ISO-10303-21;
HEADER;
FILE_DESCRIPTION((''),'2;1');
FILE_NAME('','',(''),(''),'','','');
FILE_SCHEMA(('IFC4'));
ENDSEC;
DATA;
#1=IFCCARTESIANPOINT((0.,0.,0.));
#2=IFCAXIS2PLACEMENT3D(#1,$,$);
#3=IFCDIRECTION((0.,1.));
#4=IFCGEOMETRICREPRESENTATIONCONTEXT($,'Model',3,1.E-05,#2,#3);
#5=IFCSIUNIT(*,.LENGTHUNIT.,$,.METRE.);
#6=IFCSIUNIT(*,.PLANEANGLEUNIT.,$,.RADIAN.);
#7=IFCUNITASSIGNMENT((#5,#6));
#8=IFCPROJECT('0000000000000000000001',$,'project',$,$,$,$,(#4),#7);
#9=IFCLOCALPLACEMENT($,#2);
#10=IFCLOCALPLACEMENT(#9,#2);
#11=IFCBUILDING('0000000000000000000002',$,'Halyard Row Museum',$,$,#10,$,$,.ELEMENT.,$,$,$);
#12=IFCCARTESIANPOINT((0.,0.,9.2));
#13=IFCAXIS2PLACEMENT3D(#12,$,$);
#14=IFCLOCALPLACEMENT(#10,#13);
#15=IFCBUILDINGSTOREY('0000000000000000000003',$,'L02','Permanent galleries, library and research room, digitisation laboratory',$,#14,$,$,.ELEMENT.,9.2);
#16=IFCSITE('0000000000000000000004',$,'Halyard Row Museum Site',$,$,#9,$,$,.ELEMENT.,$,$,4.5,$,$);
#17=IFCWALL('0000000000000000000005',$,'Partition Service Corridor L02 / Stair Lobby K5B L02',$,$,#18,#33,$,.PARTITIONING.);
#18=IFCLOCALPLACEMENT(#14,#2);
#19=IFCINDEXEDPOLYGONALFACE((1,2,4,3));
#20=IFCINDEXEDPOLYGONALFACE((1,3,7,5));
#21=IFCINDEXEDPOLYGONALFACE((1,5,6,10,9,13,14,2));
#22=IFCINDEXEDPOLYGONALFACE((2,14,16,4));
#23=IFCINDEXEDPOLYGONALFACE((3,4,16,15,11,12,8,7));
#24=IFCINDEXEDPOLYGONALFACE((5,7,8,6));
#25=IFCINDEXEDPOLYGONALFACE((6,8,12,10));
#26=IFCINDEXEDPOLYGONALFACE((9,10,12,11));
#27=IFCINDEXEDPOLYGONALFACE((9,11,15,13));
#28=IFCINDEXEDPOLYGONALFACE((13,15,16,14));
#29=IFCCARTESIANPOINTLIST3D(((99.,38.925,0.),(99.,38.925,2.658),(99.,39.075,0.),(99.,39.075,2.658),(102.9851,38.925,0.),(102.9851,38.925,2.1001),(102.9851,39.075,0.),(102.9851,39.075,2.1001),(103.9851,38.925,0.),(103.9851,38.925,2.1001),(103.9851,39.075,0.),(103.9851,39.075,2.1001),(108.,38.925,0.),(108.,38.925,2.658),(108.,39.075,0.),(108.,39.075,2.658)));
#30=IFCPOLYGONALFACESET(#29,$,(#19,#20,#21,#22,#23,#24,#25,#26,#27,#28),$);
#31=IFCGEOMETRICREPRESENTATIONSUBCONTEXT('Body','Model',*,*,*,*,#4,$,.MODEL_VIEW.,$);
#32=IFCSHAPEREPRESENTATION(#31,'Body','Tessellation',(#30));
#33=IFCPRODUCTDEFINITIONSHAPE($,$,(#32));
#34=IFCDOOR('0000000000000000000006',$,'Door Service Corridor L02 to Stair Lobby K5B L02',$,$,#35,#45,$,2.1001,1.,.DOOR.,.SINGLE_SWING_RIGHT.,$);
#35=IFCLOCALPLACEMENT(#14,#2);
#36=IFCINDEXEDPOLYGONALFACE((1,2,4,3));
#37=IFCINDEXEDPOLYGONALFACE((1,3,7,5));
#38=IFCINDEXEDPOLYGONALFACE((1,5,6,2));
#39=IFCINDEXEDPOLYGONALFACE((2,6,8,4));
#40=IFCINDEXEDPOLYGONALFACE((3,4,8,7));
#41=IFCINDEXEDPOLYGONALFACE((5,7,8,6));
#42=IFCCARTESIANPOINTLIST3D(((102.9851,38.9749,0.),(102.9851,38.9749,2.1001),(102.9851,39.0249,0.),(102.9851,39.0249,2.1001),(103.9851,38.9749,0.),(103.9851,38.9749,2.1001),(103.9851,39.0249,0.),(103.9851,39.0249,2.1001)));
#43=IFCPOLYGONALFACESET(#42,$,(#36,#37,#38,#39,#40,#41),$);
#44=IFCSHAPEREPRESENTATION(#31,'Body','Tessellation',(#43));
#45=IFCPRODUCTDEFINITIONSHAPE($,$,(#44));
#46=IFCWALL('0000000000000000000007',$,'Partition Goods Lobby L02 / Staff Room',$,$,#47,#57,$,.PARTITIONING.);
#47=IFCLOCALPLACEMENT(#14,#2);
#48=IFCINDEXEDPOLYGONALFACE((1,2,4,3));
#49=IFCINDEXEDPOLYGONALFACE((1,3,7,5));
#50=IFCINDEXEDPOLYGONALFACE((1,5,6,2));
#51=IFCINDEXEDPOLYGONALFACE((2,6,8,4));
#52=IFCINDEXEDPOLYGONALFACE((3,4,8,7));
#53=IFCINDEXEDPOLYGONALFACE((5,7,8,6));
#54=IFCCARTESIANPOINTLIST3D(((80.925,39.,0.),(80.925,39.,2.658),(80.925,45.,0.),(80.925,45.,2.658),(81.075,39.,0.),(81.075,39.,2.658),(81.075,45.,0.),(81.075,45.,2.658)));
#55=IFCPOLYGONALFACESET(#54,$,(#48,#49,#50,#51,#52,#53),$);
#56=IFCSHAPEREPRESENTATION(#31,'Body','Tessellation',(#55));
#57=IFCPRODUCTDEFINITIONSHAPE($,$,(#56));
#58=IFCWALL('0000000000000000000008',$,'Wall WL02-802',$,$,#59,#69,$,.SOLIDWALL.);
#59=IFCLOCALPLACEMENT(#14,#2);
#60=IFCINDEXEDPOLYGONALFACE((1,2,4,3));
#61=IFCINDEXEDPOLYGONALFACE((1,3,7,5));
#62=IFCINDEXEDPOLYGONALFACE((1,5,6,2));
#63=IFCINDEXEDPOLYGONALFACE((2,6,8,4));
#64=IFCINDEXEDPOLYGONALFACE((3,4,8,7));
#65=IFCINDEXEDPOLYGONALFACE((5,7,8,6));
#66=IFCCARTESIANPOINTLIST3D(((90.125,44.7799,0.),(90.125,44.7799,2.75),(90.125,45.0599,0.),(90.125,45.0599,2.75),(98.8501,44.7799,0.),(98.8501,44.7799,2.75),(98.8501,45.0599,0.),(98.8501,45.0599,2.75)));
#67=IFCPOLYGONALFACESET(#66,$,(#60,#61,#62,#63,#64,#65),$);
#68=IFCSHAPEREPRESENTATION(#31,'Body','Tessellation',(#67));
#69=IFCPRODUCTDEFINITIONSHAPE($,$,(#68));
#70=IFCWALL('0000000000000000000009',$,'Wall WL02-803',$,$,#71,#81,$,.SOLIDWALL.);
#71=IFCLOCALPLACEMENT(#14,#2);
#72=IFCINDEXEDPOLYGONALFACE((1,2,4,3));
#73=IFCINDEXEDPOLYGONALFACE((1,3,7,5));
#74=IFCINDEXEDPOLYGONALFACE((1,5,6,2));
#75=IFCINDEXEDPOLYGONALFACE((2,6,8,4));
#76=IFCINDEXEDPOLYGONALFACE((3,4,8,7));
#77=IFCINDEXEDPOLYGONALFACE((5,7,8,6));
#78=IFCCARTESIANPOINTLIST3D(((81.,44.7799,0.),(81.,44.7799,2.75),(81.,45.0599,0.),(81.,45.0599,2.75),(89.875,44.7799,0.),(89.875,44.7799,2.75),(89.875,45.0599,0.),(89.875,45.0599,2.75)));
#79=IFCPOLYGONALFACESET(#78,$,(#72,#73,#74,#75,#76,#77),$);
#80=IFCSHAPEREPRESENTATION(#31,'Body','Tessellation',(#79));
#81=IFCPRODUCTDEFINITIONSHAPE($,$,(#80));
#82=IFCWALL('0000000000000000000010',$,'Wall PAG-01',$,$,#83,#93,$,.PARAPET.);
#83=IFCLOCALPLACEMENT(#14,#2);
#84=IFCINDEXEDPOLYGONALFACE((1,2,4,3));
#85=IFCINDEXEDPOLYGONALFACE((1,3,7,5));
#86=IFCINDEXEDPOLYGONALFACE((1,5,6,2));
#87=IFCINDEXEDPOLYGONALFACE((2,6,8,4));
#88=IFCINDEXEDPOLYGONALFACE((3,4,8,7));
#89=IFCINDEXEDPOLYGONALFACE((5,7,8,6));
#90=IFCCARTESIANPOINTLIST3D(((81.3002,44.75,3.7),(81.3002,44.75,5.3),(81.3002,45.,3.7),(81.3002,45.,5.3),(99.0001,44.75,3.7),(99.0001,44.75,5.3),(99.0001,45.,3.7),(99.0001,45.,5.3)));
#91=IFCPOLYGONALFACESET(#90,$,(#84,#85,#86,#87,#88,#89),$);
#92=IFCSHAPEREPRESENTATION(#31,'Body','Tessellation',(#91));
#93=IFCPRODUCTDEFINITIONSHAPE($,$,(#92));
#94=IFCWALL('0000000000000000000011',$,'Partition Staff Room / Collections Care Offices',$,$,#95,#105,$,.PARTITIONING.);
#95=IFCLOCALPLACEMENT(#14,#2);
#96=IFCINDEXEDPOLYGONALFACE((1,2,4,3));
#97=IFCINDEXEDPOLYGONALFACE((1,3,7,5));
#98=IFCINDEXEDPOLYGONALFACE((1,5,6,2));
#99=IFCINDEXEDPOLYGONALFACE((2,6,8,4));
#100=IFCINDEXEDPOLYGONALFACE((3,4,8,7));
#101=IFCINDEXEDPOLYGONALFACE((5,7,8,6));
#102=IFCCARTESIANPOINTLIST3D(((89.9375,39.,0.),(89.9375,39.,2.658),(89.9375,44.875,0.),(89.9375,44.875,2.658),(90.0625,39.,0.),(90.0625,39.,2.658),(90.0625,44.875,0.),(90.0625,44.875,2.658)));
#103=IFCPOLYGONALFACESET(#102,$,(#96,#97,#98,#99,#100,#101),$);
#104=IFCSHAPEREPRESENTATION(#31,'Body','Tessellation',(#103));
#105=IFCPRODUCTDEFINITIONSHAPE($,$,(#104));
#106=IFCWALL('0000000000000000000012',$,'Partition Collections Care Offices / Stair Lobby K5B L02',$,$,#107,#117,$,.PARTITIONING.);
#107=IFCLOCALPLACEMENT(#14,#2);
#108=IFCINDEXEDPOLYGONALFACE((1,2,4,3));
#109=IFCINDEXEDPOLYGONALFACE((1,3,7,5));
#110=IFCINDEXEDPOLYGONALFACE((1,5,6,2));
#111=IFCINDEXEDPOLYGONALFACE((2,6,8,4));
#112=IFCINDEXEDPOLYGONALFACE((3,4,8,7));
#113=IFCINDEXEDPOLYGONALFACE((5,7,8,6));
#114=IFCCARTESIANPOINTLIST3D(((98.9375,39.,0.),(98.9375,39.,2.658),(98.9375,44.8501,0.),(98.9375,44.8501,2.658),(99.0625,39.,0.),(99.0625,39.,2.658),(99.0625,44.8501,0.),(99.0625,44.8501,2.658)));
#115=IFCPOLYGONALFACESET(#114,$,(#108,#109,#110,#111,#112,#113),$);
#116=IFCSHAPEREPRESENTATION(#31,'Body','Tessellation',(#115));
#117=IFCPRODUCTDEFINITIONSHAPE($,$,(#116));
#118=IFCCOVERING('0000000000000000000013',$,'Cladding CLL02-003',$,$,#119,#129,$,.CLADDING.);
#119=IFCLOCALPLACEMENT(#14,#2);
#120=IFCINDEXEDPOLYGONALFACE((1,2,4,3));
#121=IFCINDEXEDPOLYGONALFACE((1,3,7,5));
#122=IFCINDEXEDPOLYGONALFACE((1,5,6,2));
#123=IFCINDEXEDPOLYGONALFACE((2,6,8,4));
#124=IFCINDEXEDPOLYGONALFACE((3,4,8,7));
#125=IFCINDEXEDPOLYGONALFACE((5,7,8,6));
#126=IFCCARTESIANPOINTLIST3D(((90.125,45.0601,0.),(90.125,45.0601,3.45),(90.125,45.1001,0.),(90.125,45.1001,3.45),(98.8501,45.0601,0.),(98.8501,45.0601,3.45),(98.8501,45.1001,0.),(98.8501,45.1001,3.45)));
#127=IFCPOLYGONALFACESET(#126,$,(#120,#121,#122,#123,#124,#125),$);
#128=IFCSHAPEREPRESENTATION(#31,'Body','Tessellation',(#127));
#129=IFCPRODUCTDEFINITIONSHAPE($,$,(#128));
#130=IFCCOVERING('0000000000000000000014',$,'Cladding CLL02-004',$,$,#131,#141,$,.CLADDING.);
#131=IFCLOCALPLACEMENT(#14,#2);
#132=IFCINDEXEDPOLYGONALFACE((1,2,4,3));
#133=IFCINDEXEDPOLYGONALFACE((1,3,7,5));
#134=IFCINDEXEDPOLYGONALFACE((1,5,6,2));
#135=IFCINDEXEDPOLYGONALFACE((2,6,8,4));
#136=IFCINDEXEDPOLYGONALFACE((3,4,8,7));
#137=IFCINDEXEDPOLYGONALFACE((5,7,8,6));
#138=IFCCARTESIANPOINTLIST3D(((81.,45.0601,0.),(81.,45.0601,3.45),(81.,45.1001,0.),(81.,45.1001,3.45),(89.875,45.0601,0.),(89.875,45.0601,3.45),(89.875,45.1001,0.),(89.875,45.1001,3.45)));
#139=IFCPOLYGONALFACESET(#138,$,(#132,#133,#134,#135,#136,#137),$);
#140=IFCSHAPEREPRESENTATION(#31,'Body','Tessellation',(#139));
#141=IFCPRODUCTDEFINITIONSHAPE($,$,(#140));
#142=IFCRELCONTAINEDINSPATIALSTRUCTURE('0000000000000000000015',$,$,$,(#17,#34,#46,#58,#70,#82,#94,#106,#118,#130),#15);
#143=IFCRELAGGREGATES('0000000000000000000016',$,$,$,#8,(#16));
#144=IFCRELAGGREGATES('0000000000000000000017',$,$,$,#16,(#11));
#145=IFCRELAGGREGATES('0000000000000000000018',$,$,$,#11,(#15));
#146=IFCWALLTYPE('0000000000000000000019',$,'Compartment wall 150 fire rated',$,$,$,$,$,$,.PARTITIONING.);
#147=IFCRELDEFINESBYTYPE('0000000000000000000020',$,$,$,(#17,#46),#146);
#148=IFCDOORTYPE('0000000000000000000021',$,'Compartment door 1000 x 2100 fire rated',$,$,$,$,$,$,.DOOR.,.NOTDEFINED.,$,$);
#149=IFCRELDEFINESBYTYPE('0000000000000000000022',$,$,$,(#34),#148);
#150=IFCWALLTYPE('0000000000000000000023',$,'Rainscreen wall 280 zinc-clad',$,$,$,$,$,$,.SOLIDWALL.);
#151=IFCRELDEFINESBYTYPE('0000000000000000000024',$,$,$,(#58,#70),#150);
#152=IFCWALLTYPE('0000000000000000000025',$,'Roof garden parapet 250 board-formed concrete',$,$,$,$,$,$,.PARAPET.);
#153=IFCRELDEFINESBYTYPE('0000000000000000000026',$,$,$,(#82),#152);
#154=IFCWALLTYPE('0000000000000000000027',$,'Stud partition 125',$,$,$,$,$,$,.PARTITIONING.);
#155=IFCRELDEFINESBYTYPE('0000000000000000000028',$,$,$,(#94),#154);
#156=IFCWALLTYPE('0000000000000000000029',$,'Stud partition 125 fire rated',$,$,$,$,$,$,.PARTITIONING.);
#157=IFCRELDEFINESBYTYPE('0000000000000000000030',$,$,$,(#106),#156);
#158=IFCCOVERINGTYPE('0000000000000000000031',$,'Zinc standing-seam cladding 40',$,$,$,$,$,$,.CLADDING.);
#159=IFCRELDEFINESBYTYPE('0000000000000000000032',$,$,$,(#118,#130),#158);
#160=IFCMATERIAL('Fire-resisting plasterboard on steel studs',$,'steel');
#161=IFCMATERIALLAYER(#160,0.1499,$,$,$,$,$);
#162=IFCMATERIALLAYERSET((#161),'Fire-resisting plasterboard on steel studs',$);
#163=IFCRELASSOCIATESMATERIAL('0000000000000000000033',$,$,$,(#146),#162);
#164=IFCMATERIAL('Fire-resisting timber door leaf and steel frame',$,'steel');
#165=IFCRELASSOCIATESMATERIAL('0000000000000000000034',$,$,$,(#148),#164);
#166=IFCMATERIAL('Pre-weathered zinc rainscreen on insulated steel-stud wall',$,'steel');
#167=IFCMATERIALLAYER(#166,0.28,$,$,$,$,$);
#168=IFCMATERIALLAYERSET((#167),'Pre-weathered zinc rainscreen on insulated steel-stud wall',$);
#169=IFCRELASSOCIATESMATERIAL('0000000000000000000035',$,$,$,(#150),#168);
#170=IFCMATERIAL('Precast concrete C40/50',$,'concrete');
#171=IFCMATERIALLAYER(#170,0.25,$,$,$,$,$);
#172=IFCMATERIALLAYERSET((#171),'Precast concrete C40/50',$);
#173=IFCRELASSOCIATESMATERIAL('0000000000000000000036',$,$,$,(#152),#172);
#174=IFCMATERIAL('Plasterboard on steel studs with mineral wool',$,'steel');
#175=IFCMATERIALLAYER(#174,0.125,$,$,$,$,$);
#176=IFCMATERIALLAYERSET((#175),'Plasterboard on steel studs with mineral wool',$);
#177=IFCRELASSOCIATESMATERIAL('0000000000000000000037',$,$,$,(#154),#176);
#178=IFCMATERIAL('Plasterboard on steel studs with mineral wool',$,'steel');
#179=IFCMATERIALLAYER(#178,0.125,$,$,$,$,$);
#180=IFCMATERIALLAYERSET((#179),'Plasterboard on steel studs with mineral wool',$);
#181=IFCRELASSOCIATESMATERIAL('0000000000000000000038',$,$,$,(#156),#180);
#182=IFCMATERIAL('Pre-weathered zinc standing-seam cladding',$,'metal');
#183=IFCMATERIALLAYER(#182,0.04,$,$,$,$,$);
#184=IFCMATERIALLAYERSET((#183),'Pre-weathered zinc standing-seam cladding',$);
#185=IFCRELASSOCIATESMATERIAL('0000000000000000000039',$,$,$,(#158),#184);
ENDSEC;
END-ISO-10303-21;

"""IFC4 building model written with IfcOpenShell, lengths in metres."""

from ifc_helpers import new_model, si_unit, direction, frame, frame_2d, origin, place, context, subcontext, project, spatial, rectangle, extrude, material, layer, layer_set, type_object, element, fill, save


model = new_model("IFC4")

# Units and contexts
model_context = context("Model", 3, precision=1e-05, world=origin(), true_north=direction((0.0, 1.0)))
body_context = subcontext(model_context, "Body", "Model", "MODEL_VIEW")
ifc_project = project(units=[si_unit("LENGTHUNIT", "METRE"), si_unit("PLANEANGLEUNIT", "RADIAN")], contexts=[model_context])

# Site, building, storey
site_placement = place(None, origin())
site = spatial("IfcSite", under=ifc_project, at=site_placement, Name="Halyard Row Museum Site", CompositionType="ELEMENT", RefElevation=4.5)
building_placement = place(site_placement, origin())
building = spatial("IfcBuilding", under=site, at=building_placement, Name="Halyard Row Museum", CompositionType="ELEMENT")
storey_placement = place(building_placement, frame((0.0, 0.0, 9.2)))
storey = spatial("IfcBuildingStorey", under=building, at=storey_placement, Name="L02", Description="Permanent galleries, library and research room, digitisation laboratory", CompositionType="ELEMENT", Elevation=9.2)

# Wall, opening, door
ifc_material_1 = material(Name="Fire-resisting plasterboard on steel studs", Category="steel")
ifc_layer_1 = layer(ifc_material_1, 0.1499)
ifc_layer_set_1 = layer_set([ifc_layer_1], Name="Fire-resisting plasterboard on steel studs")
wall_type_1 = type_object("IfcWallType", Name="Compartment wall 150 fire rated", PredefinedType="PARTITIONING", material=ifc_layer_set_1)
ifc_material_2 = material(Name="Fire-resisting timber door leaf and steel frame", Category="steel")
door_type = type_object("IfcDoorType", Name="Compartment door 1000 x 2100 fire rated", OperationType="NOTDEFINED", PredefinedType="DOOR", material=ifc_material_2)
wall_1_placement = place(storey_placement, frame((99.0, 39.0, 0.0), z_axis=(0.0, 0.0, 1.0), x_axis=(1.0, 0.0, 0.0)))
wall_1 = element("IfcWall", 1, at=wall_1_placement, inside=storey, type_object=wall_type_1, Name="Partition Service Corridor L02 / Stair Lobby K5B L02", PredefinedType="PARTITIONING", context=body_context, shape_type="SweptSolid", body=[
    extrude(rectangle(XDim=9.0, YDim=0.1499, at=frame_2d((4.5, 0.0))), origin(), (0.0, 0.0, 1.0), 2.658),
])
opening_1_placement = place(wall_1_placement, frame((3.9851, 0.0, 0.0)))
opening_1 = element("IfcOpeningElement", 2, at=opening_1_placement, cuts=wall_1, PredefinedType="OPENING", context=body_context, shape_type="SweptSolid", body=[
    extrude(rectangle(XDim=1.0, YDim=2.1001, at=frame_2d((0.5, 1.05))), frame((0.0, 0.085, 0.0), z_axis=(0.0, -1.0, 0.0), x_axis=(1.0, 0.0, 0.0)), (0.0, 0.0, 1.0), 0.1699),
])
door_1_placement = place(opening_1_placement, origin())
door_1 = element("IfcDoor", 3, at=door_1_placement, inside=storey, type_object=door_type, Name="Door Service Corridor L02 to Stair Lobby K5B L02", OperationType="SINGLE_SWING_RIGHT", OverallHeight=2.1001, OverallWidth=1.0, PredefinedType="DOOR", context=body_context, shape_type="SweptSolid", body=[
    extrude(rectangle(XDim=1.0, YDim=2.1001, at=frame_2d((0.5, 1.05))), frame((0.0, 0.0249, 0.0), z_axis=(0.0, -1.0, 0.0), x_axis=(1.0, 0.0, 0.0)), (0.0, 0.0, 1.0), 0.05),
])
fill(opening_1, door_1)

# Walls
wall_2_placement = place(storey_placement, frame((81.0, 39.0, 0.0), z_axis=(0.0, 0.0, 1.0), x_axis=(0.0, 1.0, 0.0)))
element("IfcWall", 4, at=wall_2_placement, inside=storey, type_object=wall_type_1, Name="Partition Goods Lobby L02 / Staff Room", PredefinedType="PARTITIONING", context=body_context, shape_type="SweptSolid", body=[
    extrude(rectangle(XDim=6.0, YDim=0.1499, at=frame_2d((3.0, 0.0))), origin(), (0.0, 0.0, 1.0), 2.658),
])
ifc_material_3 = material(Name="Pre-weathered zinc rainscreen on insulated steel-stud wall", Category="steel")
ifc_layer_2 = layer(ifc_material_3, 0.28)
ifc_layer_set_2 = layer_set([ifc_layer_2], Name="Pre-weathered zinc rainscreen on insulated steel-stud wall")
wall_type_2 = type_object("IfcWallType", Name="Rainscreen wall 280 zinc-clad", PredefinedType="SOLIDWALL", material=ifc_layer_set_2)
wall_3_placement = place(storey_placement, frame((90.125, 44.9199, 0.0), z_axis=(0.0, 0.0, 1.0), x_axis=(1.0, 0.0, 0.0)))
element("IfcWall", 5, at=wall_3_placement, inside=storey, type_object=wall_type_2, Name="Wall WL02-802", PredefinedType="SOLIDWALL", context=body_context, shape_type="SweptSolid", body=[
    extrude(rectangle(XDim=8.7251, YDim=0.28, at=frame_2d((4.3625, 0.0))), origin(), (0.0, 0.0, 1.0), 2.75),
])
wall_4_placement = place(storey_placement, frame((81.0, 44.9199, 0.0), z_axis=(0.0, 0.0, 1.0), x_axis=(1.0, 0.0, 0.0)))
element("IfcWall", 6, at=wall_4_placement, inside=storey, type_object=wall_type_2, Name="Wall WL02-803", PredefinedType="SOLIDWALL", context=body_context, shape_type="SweptSolid", body=[
    extrude(rectangle(XDim=8.875, YDim=0.28, at=frame_2d((4.4375, 0.0))), origin(), (0.0, 0.0, 1.0), 2.75),
])
ifc_material_4 = material(Name="Precast concrete C40/50", Category="concrete")
ifc_layer_3 = layer(ifc_material_4, 0.25)
ifc_layer_set_3 = layer_set([ifc_layer_3], Name="Precast concrete C40/50")
wall_type_3 = type_object("IfcWallType", Name="Roof garden parapet 250 board-formed concrete", PredefinedType="PARAPET", material=ifc_layer_set_3)
wall_5_placement = place(storey_placement, frame((81.3, 44.875, 3.7), z_axis=(0.0, 0.0, 1.0), x_axis=(1.0, 0.0, 0.0)))
element("IfcWall", 7, at=wall_5_placement, inside=storey, type_object=wall_type_3, Name="Wall PAG-01", PredefinedType="PARAPET", context=body_context, shape_type="SweptSolid", body=[
    extrude(rectangle(XDim=17.7, YDim=0.25, at=frame_2d((8.8501, 0.0))), origin(), (0.0, 0.0, 1.0), 1.6001),
])
ifc_material_5 = material(Name="Plasterboard on steel studs with mineral wool", Category="steel")
ifc_layer_4 = layer(ifc_material_5, 0.125)
ifc_layer_set_4 = layer_set([ifc_layer_4], Name="Plasterboard on steel studs with mineral wool")
wall_type_4 = type_object("IfcWallType", Name="Stud partition 125", PredefinedType="PARTITIONING", material=ifc_layer_set_4)
wall_6_placement = place(storey_placement, frame((90.0, 39.0, 0.0), z_axis=(0.0, 0.0, 1.0), x_axis=(0.0, 1.0, 0.0)))
element("IfcWall", 8, at=wall_6_placement, inside=storey, type_object=wall_type_4, Name="Partition Staff Room / Collections Care Offices", PredefinedType="PARTITIONING", context=body_context, shape_type="SweptSolid", body=[
    extrude(rectangle(XDim=5.875, YDim=0.125, at=frame_2d((2.9375, 0.0))), origin(), (0.0, 0.0, 1.0), 2.658),
])
ifc_material_6 = material(Name="Plasterboard on steel studs with mineral wool", Category="steel")
ifc_layer_5 = layer(ifc_material_6, 0.125)
ifc_layer_set_5 = layer_set([ifc_layer_5], Name="Plasterboard on steel studs with mineral wool")
wall_type_5 = type_object("IfcWallType", Name="Stud partition 125 fire rated", PredefinedType="PARTITIONING", material=ifc_layer_set_5)
wall_7_placement = place(storey_placement, frame((99.0, 39.0, 0.0), z_axis=(0.0, 0.0, 1.0), x_axis=(0.0, 1.0, 0.0)))
element("IfcWall", 9, at=wall_7_placement, inside=storey, type_object=wall_type_5, Name="Partition Collections Care Offices / Stair Lobby K5B L02", PredefinedType="PARTITIONING", context=body_context, shape_type="SweptSolid", body=[
    extrude(rectangle(XDim=5.8501, YDim=0.125, at=frame_2d((2.925, 0.0))), origin(), (0.0, 0.0, 1.0), 2.658),
])

# Coverings
ifc_material_7 = material(Name="Pre-weathered zinc standing-seam cladding", Category="metal")
ifc_layer_6 = layer(ifc_material_7, 0.04)
ifc_layer_set_6 = layer_set([ifc_layer_6], Name="Pre-weathered zinc standing-seam cladding")
covering_type = type_object("IfcCoveringType", Name="Zinc standing-seam cladding 40", PredefinedType="CLADDING", material=ifc_layer_set_6)
covering_1_placement = place(storey_placement, frame((98.8501, 45.0801, 0.0), z_axis=(0.0, 0.0, 1.0), x_axis=(-1.0, 0.0, 0.0)))
element("IfcCovering", 10, at=covering_1_placement, inside=storey, type_object=covering_type, Name="Cladding CLL02-003", PredefinedType="CLADDING", context=body_context, shape_type="SweptSolid", body=[
    extrude(rectangle(XDim=8.7251, YDim=0.04, at=frame_2d((4.3625, 0.0))), origin(), (0.0, 0.0, 1.0), 3.45),
])
covering_2_placement = place(storey_placement, frame((89.875, 45.0801, 0.0), z_axis=(0.0, 0.0, 1.0), x_axis=(-1.0, 0.0, 0.0)))
element("IfcCovering", 11, at=covering_2_placement, inside=storey, type_object=covering_type, Name="Cladding CLL02-004", PredefinedType="CLADDING", context=body_context, shape_type="SweptSolid", body=[
    extrude(rectangle(XDim=8.875, YDim=0.04, at=frame_2d((4.4375, 0.0))), origin(), (0.0, 0.0, 1.0), 3.45),
])

save(model, "model.ifc")
